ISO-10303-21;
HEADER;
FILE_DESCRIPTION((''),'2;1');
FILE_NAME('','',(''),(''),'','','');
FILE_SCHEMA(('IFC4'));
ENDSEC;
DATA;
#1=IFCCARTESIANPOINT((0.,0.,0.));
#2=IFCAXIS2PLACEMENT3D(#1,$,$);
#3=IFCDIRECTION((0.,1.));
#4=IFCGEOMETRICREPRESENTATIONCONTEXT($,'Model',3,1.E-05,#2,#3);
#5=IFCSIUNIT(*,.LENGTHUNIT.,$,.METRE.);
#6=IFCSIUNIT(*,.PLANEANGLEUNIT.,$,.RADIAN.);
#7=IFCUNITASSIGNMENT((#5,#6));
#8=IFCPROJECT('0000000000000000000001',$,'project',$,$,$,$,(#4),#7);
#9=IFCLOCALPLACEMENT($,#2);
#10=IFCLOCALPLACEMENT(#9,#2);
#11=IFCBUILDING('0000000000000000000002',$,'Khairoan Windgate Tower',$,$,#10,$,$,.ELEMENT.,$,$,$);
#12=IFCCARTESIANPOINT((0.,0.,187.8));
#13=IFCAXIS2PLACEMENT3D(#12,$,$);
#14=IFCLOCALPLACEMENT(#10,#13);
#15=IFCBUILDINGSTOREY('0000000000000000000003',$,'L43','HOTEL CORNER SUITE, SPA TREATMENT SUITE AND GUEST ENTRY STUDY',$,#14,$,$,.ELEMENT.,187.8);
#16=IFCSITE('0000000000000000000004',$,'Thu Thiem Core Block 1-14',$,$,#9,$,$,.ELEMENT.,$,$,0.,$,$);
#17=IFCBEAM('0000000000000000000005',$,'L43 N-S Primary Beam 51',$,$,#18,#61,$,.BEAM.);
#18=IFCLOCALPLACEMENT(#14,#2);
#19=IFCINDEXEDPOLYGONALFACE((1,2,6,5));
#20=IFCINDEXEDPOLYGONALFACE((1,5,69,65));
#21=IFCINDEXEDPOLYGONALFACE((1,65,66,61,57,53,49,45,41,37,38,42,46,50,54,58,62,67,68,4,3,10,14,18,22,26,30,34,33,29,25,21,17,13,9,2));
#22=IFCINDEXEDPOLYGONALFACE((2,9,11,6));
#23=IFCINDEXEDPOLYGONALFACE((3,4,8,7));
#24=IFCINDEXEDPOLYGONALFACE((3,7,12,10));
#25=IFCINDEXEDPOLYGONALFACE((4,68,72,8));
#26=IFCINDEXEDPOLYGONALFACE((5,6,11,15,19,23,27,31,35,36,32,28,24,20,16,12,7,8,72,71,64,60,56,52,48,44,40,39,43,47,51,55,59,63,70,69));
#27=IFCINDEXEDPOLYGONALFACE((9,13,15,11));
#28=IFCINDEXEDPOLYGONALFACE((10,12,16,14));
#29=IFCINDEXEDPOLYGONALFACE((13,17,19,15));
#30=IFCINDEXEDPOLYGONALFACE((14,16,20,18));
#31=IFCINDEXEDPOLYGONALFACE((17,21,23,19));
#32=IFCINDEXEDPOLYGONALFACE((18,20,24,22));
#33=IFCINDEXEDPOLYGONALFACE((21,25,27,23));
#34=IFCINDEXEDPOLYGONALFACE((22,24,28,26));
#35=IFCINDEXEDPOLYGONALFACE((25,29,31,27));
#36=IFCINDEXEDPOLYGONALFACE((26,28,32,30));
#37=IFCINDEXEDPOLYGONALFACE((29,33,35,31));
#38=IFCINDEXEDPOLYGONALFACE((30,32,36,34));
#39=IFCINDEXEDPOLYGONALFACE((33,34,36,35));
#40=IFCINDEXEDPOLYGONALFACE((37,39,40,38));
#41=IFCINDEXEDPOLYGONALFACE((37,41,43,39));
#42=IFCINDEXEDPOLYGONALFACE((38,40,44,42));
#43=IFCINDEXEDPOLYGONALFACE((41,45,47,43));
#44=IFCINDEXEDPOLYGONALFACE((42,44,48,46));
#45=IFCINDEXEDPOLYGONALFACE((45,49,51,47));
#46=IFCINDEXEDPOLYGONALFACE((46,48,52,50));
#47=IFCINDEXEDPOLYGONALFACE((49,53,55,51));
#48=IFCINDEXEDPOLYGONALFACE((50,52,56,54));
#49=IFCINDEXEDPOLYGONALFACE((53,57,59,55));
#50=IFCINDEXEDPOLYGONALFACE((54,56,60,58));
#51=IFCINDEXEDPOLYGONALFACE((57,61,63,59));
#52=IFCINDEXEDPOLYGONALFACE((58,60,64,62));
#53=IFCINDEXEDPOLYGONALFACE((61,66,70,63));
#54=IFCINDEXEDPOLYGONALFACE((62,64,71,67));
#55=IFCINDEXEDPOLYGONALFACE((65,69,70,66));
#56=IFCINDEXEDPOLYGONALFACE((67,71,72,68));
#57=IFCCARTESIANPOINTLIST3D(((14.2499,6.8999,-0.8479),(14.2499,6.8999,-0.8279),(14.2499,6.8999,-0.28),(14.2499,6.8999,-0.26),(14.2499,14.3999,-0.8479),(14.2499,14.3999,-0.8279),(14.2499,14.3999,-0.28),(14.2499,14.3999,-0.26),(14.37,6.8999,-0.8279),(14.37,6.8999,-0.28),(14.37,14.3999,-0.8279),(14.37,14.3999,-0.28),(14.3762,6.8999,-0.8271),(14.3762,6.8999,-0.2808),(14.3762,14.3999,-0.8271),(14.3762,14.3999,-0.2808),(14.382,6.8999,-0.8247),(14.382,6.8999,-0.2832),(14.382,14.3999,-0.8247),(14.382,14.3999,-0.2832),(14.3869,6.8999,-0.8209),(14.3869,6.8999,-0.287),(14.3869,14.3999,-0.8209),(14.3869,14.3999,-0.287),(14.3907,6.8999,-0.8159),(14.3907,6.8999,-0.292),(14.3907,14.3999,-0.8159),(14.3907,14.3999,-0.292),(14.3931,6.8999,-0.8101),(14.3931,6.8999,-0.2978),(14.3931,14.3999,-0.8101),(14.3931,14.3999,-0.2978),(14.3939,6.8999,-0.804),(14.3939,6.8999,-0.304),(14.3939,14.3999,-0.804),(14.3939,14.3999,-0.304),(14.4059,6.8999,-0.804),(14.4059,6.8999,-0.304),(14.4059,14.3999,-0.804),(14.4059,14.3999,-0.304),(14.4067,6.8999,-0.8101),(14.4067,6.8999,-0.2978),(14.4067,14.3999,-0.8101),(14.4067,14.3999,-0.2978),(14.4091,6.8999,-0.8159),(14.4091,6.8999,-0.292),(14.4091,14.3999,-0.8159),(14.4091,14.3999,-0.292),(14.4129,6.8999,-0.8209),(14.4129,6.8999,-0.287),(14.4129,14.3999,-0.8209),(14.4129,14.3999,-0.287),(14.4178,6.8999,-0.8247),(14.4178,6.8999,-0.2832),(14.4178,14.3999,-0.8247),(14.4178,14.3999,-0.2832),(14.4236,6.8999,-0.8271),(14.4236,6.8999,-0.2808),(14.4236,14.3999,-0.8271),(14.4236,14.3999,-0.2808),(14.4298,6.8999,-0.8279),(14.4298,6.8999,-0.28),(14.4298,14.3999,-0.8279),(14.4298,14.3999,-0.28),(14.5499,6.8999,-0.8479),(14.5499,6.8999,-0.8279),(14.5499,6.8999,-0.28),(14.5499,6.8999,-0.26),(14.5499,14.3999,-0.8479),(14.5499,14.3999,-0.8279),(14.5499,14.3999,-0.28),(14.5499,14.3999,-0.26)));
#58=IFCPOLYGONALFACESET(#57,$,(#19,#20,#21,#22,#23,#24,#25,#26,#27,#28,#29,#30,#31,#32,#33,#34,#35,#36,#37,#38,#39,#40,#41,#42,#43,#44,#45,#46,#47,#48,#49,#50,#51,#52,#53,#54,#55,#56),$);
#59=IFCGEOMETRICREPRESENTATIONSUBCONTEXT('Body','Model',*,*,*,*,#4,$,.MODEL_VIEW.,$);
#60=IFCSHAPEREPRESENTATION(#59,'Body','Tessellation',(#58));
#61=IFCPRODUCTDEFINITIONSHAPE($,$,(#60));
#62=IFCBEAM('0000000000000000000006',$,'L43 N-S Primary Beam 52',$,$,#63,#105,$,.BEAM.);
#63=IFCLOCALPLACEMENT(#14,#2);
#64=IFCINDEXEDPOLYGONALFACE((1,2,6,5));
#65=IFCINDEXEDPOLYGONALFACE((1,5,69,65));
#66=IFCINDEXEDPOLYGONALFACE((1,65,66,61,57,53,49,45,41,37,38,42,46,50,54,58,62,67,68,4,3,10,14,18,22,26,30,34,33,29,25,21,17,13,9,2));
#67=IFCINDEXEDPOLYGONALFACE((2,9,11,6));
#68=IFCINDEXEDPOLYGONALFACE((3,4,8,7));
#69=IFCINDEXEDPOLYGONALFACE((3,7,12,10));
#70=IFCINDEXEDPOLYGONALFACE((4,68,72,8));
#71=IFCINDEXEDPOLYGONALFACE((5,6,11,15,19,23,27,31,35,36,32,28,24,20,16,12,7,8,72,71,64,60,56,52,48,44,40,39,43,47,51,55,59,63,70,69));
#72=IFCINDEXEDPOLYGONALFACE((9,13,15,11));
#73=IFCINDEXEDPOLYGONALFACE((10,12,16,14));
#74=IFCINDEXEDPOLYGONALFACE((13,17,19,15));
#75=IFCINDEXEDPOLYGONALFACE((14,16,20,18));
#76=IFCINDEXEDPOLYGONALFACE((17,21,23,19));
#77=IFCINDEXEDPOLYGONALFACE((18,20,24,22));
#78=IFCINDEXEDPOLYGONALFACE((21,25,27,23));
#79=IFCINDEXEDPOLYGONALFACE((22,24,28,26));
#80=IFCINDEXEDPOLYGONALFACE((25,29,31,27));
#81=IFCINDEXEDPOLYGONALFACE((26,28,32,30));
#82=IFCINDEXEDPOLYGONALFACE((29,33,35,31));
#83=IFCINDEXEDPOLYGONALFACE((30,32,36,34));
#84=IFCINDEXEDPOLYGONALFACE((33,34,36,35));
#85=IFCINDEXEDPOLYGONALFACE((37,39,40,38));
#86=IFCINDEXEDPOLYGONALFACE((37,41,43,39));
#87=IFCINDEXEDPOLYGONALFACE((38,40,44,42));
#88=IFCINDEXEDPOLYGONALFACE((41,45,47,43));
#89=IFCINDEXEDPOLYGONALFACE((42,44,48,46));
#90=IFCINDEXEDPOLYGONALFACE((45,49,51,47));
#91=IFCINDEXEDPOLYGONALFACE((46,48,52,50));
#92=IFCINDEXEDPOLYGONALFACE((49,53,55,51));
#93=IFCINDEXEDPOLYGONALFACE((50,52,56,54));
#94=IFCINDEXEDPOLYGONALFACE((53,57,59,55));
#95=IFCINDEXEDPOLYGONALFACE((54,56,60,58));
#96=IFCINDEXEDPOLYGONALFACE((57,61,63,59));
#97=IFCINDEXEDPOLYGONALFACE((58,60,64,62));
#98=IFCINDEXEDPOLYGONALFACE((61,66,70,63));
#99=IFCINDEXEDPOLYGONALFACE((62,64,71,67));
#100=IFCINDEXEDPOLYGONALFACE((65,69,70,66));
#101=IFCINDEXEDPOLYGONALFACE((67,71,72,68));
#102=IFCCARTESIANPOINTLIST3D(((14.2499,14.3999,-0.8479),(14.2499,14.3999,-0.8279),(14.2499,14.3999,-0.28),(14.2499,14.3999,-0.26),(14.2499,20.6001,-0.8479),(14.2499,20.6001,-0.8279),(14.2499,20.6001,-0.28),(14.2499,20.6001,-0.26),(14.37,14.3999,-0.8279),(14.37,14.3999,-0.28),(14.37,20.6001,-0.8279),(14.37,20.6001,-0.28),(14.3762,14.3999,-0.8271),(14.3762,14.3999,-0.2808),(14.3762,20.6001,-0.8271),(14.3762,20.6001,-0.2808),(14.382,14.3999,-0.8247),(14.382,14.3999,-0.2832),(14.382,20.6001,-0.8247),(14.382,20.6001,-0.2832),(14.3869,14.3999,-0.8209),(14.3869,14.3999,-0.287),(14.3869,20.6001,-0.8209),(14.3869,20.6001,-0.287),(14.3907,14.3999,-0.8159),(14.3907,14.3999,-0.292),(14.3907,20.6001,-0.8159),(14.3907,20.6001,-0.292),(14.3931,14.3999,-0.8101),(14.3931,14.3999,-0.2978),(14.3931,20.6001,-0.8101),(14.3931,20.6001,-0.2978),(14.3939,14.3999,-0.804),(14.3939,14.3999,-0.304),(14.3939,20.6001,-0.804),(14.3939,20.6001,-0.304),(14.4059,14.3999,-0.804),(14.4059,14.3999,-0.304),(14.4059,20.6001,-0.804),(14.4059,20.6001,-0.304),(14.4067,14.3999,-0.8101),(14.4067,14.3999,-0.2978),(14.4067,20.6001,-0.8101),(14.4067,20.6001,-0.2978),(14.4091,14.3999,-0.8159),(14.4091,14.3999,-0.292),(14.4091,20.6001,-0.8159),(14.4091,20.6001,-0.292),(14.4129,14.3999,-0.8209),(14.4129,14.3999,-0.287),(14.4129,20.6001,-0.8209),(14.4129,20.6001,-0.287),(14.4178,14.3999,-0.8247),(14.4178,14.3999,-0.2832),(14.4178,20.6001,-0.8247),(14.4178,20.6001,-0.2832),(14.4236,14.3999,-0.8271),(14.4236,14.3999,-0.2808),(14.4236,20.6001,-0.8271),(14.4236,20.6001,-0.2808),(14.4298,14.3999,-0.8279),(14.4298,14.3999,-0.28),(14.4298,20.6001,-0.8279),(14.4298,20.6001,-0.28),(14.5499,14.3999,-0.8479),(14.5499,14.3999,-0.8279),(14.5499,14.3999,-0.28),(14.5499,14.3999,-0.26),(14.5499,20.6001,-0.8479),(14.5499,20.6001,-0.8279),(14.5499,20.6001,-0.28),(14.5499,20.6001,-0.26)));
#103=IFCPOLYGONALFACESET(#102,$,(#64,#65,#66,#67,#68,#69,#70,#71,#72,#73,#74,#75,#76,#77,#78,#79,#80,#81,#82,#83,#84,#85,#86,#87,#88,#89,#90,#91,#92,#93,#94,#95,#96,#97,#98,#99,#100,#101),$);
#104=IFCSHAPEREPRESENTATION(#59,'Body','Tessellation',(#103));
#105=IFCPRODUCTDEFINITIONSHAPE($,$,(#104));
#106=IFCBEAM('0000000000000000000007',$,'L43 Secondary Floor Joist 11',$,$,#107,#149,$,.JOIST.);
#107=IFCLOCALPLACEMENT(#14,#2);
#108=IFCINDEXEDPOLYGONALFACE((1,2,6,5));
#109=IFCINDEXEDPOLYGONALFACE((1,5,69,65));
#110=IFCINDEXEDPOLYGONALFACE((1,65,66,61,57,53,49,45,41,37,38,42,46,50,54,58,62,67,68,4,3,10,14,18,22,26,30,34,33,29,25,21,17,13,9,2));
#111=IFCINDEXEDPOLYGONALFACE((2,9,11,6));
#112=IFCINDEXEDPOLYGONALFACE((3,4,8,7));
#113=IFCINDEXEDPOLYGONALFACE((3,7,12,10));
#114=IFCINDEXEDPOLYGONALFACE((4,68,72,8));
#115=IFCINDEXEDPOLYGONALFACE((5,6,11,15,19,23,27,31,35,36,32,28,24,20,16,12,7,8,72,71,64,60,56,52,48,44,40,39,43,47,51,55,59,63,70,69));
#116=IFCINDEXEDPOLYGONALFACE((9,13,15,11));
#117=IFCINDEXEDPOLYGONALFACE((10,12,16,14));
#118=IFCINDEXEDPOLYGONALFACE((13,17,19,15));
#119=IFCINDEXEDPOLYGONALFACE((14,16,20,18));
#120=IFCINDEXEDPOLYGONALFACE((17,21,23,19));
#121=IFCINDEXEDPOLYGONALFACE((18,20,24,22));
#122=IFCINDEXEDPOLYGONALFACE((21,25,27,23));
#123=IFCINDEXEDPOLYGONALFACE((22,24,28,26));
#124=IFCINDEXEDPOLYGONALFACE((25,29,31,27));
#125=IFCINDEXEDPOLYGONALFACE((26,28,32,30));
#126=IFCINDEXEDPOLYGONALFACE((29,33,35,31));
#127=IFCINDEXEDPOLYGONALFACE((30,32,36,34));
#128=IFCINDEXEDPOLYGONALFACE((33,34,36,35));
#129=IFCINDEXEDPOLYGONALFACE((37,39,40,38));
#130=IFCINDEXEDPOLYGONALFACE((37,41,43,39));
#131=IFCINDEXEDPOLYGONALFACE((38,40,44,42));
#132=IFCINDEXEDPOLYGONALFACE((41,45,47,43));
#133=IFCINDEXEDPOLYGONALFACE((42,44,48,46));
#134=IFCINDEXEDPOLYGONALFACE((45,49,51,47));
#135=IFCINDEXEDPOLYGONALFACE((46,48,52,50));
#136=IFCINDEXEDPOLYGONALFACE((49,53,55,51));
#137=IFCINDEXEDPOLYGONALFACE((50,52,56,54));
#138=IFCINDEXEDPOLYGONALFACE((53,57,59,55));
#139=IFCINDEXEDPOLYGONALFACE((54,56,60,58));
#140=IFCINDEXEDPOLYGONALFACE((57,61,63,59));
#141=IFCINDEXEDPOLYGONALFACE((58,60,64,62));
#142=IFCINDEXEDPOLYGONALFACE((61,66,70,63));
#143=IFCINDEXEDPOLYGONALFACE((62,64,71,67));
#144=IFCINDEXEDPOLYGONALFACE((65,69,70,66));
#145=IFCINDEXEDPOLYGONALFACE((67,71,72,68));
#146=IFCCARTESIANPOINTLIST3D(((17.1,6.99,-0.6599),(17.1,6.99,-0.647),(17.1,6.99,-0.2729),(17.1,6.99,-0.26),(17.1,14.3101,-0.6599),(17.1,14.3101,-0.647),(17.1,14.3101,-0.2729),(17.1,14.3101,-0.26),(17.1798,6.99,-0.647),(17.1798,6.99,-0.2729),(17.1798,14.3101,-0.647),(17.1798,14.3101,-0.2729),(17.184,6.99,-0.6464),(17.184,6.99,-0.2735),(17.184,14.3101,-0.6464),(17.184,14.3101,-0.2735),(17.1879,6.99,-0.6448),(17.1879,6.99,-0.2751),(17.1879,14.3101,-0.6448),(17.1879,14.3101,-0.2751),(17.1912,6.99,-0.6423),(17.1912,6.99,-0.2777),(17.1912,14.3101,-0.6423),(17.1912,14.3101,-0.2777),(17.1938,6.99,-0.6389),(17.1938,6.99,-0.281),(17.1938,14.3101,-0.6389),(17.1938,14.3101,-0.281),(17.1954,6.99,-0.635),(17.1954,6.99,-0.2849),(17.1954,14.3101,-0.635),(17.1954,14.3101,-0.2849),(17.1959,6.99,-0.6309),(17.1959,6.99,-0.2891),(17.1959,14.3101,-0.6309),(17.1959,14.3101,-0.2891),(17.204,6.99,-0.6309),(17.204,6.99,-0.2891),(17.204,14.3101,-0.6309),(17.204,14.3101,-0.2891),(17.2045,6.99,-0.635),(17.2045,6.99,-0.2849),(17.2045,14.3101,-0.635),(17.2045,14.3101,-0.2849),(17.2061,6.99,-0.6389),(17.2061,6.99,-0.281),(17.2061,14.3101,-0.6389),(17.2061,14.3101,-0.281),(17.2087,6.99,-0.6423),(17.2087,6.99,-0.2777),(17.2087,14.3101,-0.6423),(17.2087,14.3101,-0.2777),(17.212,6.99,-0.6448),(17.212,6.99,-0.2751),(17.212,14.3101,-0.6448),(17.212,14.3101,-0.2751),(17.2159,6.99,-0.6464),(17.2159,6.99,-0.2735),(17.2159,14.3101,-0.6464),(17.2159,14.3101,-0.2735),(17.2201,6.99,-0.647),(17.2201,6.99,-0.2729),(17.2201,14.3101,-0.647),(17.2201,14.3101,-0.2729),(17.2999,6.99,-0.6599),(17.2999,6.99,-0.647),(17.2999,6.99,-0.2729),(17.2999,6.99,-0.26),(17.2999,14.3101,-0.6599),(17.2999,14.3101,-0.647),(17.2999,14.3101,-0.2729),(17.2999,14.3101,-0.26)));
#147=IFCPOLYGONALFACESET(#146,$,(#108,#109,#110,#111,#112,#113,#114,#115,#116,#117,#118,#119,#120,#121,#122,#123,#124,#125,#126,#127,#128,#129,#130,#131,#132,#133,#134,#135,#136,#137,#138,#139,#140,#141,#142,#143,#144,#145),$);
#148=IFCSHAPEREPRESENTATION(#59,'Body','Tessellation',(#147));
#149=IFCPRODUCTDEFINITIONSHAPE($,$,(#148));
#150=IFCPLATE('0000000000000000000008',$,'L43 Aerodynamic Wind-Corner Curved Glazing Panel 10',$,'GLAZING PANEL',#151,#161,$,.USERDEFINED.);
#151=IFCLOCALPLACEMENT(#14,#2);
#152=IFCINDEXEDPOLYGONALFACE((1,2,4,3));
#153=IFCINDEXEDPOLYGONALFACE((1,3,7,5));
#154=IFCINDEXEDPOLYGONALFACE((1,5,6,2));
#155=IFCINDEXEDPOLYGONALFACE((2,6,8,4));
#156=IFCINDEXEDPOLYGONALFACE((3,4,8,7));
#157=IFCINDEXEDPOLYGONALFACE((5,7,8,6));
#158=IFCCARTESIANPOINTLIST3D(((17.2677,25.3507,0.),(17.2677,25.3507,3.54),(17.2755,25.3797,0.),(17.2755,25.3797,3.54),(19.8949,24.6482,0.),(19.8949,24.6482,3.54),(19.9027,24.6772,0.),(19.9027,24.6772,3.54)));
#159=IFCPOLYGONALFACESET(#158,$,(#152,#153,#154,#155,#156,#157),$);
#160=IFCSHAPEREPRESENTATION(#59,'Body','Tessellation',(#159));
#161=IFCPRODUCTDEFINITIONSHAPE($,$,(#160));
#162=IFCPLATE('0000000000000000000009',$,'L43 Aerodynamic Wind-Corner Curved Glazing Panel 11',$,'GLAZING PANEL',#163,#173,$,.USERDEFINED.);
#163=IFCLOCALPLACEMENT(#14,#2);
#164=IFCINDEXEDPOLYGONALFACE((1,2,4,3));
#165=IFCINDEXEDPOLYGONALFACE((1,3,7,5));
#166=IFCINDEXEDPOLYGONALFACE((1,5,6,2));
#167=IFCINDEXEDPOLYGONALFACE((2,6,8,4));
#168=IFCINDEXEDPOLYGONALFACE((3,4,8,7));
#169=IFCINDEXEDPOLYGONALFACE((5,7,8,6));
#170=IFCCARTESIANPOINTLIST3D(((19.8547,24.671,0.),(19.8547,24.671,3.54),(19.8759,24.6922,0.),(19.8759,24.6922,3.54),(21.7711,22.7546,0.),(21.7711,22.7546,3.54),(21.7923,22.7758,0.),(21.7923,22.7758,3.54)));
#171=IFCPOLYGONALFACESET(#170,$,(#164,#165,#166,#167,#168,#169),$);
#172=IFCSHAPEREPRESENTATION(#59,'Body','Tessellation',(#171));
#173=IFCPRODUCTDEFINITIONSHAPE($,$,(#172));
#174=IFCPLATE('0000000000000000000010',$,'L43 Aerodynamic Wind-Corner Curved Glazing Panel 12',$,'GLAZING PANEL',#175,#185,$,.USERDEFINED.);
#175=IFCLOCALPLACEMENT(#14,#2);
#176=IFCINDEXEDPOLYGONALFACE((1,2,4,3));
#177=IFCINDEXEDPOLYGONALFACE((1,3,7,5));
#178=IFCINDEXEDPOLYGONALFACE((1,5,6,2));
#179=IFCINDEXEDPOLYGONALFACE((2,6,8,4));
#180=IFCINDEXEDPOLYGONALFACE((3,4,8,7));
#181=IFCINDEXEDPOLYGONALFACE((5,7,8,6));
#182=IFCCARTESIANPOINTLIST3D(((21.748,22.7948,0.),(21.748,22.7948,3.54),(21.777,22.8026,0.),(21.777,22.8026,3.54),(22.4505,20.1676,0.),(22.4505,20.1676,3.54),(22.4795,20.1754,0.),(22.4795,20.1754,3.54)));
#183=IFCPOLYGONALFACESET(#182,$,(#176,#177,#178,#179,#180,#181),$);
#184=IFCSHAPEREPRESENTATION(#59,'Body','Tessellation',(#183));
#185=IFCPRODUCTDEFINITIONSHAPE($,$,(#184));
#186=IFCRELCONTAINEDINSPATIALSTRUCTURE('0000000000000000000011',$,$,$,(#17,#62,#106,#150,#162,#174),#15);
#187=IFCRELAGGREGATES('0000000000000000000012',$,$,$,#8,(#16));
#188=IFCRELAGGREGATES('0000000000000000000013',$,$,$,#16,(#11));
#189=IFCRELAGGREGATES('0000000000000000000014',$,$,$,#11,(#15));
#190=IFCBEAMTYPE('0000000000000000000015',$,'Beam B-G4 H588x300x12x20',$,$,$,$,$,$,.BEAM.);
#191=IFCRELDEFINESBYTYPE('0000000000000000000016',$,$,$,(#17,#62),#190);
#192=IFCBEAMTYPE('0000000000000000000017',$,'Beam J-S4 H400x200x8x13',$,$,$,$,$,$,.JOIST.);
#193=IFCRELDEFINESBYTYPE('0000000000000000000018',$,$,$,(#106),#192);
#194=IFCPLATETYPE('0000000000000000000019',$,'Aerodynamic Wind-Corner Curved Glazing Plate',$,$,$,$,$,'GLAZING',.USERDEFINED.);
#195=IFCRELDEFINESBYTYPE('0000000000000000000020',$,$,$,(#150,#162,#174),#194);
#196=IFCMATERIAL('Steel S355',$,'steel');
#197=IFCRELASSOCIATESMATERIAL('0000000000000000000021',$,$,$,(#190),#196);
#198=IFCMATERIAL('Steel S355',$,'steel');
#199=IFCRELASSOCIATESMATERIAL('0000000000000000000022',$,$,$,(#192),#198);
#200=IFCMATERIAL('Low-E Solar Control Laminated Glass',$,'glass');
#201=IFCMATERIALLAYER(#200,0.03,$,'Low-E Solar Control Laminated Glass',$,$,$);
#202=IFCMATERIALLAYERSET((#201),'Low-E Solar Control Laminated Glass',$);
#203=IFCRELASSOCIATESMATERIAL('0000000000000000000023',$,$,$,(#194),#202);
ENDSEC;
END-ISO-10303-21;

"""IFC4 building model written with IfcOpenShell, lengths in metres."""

from ifc_helpers import new_model, si_unit, direction, frame, origin, origin_2d, place, context, subcontext, project, spatial, rectangle, i_section, extrude, material, layer, layer_set, material_profile, profile_set, type_object, element, save


model = new_model("IFC4")

# Units and contexts
model_context = context("Model", 3, precision=1e-05, world=origin(), true_north=direction((0.0, 1.0)))
body_context = subcontext(model_context, "Body", "Model", "MODEL_VIEW")
ifc_project = project(units=[si_unit("LENGTHUNIT", "METRE"), si_unit("PLANEANGLEUNIT", "RADIAN")], contexts=[model_context])

# Site, building, storey
site_placement = place(None, origin())
site = spatial("IfcSite", under=ifc_project, at=site_placement, Name="Thu Thiem Core Block 1-14", CompositionType="ELEMENT", RefElevation=0.0)
building_placement = place(site_placement, origin())
building = spatial("IfcBuilding", under=site, at=building_placement, Name="Khairoan Windgate Tower", CompositionType="ELEMENT")
storey_placement = place(building_placement, frame((0.0, 0.0, 187.8)))
storey = spatial("IfcBuildingStorey", under=building, at=storey_placement, Name="L43", Description="HOTEL CORNER SUITE, SPA TREATMENT SUITE AND GUEST ENTRY STUDY", CompositionType="ELEMENT", Elevation=187.8)

# Beams
ifc_material_1 = material(Name="Steel S355", Category="steel")
ifc_material_profile_1 = material_profile(ifc_material_1, i_section(OverallWidth=0.3, OverallDepth=0.5879, WebThickness=0.012, FlangeThickness=0.02, FilletRadius=0.0239, at=origin_2d()))
ifc_profile_set_1 = profile_set([ifc_material_profile_1], Name="Steel S355")
beam_type_1 = type_object("IfcBeamType", Name="Beam B-G4 H588x300x12x20", PredefinedType="BEAM", material=ifc_profile_set_1)
beam_1_placement = place(storey_placement, frame((14.3999, 6.8999, -0.554), z_axis=(0.0, 1.0, 0.0), x_axis=(-1.0, 0.0, 0.0)))
element("IfcBeam", 1, at=beam_1_placement, inside=storey, type_object=beam_type_1, Name="L43 N-S Primary Beam 51", PredefinedType="BEAM", context=body_context, shape_type="SweptSolid", body=[
    extrude(i_section(OverallWidth=0.3, OverallDepth=0.5879, WebThickness=0.012, FlangeThickness=0.02, FilletRadius=0.0239, at=origin_2d()), origin(), (0.0, 0.0, 1.0), 7.5),
])
beam_2_placement = place(storey_placement, frame((14.3999, 14.3999, -0.554), z_axis=(0.0, 1.0, 0.0), x_axis=(-1.0, 0.0, 0.0)))
element("IfcBeam", 2, at=beam_2_placement, inside=storey, type_object=beam_type_1, Name="L43 N-S Primary Beam 52", PredefinedType="BEAM", context=body_context, shape_type="SweptSolid", body=[
    extrude(i_section(OverallWidth=0.3, OverallDepth=0.5879, WebThickness=0.012, FlangeThickness=0.02, FilletRadius=0.0239, at=origin_2d()), origin(), (0.0, 0.0, 1.0), 6.2002),
])
ifc_material_2 = material(Name="Steel S355", Category="steel")
ifc_material_profile_2 = material_profile(ifc_material_2, i_section(OverallWidth=0.2, OverallDepth=0.3999, WebThickness=0.0081, FlangeThickness=0.0129, FilletRadius=0.0161, at=origin_2d()))
ifc_profile_set_2 = profile_set([ifc_material_profile_2], Name="Steel S355")
beam_type_2 = type_object("IfcBeamType", Name="Beam J-S4 H400x200x8x13", PredefinedType="JOIST", material=ifc_profile_set_2)
beam_3_placement = place(storey_placement, frame((17.2, 6.99, -0.46), z_axis=(0.0, 1.0, 0.0), x_axis=(-1.0, 0.0, 0.0)))
element("IfcBeam", 3, at=beam_3_placement, inside=storey, type_object=beam_type_2, Name="L43 Secondary Floor Joist 11", PredefinedType="JOIST", context=body_context, shape_type="SweptSolid", body=[
    extrude(i_section(OverallWidth=0.2, OverallDepth=0.3999, WebThickness=0.0081, FlangeThickness=0.0129, FilletRadius=0.0161, at=origin_2d()), origin(), (0.0, 0.0, 1.0), 7.3201),
])

# Plates
ifc_material_3 = material(Name="Low-E Solar Control Laminated Glass", Category="glass")
ifc_layer_1 = layer(ifc_material_3, 0.03, Name="Low-E Solar Control Laminated Glass")
ifc_layer_set_1 = layer_set([ifc_layer_1], Name="Low-E Solar Control Laminated Glass")
plate_type_1 = type_object("IfcPlateType", Name="Aerodynamic Wind-Corner Curved Glazing Plate", ElementType="GLAZING", PredefinedType="USERDEFINED", material=ifc_layer_set_1)
plate_1_placement = place(storey_placement, frame((18.5852, 25.0139, 0.0), z_axis=(0.0, 0.0, 1.0), x_axis=(0.966061, -0.258313, 0.0)))
element("IfcPlate", 4, at=plate_1_placement, inside=storey, type_object=plate_type_1, Name="L43 Aerodynamic Wind-Corner Curved Glazing Panel 10", ObjectType="GLAZING PANEL", PredefinedType="USERDEFINED", context=body_context, shape_type="SweptSolid", body=[
    extrude(rectangle(XDim=2.7195, YDim=0.03, at=origin_2d()), origin(), (0.0, 0.0, 1.0), 3.54),
])
plate_2_placement = place(storey_placement, frame((20.8235, 23.7234, 0.0), z_axis=(0.0, 0.0, 1.0), x_axis=(0.707107, -0.707107, 0.0)))
element("IfcPlate", 5, at=plate_2_placement, inside=storey, type_object=plate_type_1, Name="L43 Aerodynamic Wind-Corner Curved Glazing Panel 11", ObjectType="GLAZING PANEL", PredefinedType="USERDEFINED", context=body_context, shape_type="SweptSolid", body=[
    extrude(rectangle(XDim=2.7102, YDim=0.03, at=origin_2d()), origin(), (0.0, 0.0, 1.0), 3.54),
])
plate_3_placement = place(storey_placement, frame((22.1138, 21.4851, 0.0), z_axis=(0.0, 0.0, 1.0), x_axis=(0.258313, -0.966061, 0.0)))
element("IfcPlate", 6, at=plate_3_placement, inside=storey, type_object=plate_type_1, Name="L43 Aerodynamic Wind-Corner Curved Glazing Panel 12", ObjectType="GLAZING PANEL", PredefinedType="USERDEFINED", context=body_context, shape_type="SweptSolid", body=[
    extrude(rectangle(XDim=2.7195, YDim=0.03, at=origin_2d()), origin(), (0.0, 0.0, 1.0), 3.54),
])

save(model, "model.ifc")
